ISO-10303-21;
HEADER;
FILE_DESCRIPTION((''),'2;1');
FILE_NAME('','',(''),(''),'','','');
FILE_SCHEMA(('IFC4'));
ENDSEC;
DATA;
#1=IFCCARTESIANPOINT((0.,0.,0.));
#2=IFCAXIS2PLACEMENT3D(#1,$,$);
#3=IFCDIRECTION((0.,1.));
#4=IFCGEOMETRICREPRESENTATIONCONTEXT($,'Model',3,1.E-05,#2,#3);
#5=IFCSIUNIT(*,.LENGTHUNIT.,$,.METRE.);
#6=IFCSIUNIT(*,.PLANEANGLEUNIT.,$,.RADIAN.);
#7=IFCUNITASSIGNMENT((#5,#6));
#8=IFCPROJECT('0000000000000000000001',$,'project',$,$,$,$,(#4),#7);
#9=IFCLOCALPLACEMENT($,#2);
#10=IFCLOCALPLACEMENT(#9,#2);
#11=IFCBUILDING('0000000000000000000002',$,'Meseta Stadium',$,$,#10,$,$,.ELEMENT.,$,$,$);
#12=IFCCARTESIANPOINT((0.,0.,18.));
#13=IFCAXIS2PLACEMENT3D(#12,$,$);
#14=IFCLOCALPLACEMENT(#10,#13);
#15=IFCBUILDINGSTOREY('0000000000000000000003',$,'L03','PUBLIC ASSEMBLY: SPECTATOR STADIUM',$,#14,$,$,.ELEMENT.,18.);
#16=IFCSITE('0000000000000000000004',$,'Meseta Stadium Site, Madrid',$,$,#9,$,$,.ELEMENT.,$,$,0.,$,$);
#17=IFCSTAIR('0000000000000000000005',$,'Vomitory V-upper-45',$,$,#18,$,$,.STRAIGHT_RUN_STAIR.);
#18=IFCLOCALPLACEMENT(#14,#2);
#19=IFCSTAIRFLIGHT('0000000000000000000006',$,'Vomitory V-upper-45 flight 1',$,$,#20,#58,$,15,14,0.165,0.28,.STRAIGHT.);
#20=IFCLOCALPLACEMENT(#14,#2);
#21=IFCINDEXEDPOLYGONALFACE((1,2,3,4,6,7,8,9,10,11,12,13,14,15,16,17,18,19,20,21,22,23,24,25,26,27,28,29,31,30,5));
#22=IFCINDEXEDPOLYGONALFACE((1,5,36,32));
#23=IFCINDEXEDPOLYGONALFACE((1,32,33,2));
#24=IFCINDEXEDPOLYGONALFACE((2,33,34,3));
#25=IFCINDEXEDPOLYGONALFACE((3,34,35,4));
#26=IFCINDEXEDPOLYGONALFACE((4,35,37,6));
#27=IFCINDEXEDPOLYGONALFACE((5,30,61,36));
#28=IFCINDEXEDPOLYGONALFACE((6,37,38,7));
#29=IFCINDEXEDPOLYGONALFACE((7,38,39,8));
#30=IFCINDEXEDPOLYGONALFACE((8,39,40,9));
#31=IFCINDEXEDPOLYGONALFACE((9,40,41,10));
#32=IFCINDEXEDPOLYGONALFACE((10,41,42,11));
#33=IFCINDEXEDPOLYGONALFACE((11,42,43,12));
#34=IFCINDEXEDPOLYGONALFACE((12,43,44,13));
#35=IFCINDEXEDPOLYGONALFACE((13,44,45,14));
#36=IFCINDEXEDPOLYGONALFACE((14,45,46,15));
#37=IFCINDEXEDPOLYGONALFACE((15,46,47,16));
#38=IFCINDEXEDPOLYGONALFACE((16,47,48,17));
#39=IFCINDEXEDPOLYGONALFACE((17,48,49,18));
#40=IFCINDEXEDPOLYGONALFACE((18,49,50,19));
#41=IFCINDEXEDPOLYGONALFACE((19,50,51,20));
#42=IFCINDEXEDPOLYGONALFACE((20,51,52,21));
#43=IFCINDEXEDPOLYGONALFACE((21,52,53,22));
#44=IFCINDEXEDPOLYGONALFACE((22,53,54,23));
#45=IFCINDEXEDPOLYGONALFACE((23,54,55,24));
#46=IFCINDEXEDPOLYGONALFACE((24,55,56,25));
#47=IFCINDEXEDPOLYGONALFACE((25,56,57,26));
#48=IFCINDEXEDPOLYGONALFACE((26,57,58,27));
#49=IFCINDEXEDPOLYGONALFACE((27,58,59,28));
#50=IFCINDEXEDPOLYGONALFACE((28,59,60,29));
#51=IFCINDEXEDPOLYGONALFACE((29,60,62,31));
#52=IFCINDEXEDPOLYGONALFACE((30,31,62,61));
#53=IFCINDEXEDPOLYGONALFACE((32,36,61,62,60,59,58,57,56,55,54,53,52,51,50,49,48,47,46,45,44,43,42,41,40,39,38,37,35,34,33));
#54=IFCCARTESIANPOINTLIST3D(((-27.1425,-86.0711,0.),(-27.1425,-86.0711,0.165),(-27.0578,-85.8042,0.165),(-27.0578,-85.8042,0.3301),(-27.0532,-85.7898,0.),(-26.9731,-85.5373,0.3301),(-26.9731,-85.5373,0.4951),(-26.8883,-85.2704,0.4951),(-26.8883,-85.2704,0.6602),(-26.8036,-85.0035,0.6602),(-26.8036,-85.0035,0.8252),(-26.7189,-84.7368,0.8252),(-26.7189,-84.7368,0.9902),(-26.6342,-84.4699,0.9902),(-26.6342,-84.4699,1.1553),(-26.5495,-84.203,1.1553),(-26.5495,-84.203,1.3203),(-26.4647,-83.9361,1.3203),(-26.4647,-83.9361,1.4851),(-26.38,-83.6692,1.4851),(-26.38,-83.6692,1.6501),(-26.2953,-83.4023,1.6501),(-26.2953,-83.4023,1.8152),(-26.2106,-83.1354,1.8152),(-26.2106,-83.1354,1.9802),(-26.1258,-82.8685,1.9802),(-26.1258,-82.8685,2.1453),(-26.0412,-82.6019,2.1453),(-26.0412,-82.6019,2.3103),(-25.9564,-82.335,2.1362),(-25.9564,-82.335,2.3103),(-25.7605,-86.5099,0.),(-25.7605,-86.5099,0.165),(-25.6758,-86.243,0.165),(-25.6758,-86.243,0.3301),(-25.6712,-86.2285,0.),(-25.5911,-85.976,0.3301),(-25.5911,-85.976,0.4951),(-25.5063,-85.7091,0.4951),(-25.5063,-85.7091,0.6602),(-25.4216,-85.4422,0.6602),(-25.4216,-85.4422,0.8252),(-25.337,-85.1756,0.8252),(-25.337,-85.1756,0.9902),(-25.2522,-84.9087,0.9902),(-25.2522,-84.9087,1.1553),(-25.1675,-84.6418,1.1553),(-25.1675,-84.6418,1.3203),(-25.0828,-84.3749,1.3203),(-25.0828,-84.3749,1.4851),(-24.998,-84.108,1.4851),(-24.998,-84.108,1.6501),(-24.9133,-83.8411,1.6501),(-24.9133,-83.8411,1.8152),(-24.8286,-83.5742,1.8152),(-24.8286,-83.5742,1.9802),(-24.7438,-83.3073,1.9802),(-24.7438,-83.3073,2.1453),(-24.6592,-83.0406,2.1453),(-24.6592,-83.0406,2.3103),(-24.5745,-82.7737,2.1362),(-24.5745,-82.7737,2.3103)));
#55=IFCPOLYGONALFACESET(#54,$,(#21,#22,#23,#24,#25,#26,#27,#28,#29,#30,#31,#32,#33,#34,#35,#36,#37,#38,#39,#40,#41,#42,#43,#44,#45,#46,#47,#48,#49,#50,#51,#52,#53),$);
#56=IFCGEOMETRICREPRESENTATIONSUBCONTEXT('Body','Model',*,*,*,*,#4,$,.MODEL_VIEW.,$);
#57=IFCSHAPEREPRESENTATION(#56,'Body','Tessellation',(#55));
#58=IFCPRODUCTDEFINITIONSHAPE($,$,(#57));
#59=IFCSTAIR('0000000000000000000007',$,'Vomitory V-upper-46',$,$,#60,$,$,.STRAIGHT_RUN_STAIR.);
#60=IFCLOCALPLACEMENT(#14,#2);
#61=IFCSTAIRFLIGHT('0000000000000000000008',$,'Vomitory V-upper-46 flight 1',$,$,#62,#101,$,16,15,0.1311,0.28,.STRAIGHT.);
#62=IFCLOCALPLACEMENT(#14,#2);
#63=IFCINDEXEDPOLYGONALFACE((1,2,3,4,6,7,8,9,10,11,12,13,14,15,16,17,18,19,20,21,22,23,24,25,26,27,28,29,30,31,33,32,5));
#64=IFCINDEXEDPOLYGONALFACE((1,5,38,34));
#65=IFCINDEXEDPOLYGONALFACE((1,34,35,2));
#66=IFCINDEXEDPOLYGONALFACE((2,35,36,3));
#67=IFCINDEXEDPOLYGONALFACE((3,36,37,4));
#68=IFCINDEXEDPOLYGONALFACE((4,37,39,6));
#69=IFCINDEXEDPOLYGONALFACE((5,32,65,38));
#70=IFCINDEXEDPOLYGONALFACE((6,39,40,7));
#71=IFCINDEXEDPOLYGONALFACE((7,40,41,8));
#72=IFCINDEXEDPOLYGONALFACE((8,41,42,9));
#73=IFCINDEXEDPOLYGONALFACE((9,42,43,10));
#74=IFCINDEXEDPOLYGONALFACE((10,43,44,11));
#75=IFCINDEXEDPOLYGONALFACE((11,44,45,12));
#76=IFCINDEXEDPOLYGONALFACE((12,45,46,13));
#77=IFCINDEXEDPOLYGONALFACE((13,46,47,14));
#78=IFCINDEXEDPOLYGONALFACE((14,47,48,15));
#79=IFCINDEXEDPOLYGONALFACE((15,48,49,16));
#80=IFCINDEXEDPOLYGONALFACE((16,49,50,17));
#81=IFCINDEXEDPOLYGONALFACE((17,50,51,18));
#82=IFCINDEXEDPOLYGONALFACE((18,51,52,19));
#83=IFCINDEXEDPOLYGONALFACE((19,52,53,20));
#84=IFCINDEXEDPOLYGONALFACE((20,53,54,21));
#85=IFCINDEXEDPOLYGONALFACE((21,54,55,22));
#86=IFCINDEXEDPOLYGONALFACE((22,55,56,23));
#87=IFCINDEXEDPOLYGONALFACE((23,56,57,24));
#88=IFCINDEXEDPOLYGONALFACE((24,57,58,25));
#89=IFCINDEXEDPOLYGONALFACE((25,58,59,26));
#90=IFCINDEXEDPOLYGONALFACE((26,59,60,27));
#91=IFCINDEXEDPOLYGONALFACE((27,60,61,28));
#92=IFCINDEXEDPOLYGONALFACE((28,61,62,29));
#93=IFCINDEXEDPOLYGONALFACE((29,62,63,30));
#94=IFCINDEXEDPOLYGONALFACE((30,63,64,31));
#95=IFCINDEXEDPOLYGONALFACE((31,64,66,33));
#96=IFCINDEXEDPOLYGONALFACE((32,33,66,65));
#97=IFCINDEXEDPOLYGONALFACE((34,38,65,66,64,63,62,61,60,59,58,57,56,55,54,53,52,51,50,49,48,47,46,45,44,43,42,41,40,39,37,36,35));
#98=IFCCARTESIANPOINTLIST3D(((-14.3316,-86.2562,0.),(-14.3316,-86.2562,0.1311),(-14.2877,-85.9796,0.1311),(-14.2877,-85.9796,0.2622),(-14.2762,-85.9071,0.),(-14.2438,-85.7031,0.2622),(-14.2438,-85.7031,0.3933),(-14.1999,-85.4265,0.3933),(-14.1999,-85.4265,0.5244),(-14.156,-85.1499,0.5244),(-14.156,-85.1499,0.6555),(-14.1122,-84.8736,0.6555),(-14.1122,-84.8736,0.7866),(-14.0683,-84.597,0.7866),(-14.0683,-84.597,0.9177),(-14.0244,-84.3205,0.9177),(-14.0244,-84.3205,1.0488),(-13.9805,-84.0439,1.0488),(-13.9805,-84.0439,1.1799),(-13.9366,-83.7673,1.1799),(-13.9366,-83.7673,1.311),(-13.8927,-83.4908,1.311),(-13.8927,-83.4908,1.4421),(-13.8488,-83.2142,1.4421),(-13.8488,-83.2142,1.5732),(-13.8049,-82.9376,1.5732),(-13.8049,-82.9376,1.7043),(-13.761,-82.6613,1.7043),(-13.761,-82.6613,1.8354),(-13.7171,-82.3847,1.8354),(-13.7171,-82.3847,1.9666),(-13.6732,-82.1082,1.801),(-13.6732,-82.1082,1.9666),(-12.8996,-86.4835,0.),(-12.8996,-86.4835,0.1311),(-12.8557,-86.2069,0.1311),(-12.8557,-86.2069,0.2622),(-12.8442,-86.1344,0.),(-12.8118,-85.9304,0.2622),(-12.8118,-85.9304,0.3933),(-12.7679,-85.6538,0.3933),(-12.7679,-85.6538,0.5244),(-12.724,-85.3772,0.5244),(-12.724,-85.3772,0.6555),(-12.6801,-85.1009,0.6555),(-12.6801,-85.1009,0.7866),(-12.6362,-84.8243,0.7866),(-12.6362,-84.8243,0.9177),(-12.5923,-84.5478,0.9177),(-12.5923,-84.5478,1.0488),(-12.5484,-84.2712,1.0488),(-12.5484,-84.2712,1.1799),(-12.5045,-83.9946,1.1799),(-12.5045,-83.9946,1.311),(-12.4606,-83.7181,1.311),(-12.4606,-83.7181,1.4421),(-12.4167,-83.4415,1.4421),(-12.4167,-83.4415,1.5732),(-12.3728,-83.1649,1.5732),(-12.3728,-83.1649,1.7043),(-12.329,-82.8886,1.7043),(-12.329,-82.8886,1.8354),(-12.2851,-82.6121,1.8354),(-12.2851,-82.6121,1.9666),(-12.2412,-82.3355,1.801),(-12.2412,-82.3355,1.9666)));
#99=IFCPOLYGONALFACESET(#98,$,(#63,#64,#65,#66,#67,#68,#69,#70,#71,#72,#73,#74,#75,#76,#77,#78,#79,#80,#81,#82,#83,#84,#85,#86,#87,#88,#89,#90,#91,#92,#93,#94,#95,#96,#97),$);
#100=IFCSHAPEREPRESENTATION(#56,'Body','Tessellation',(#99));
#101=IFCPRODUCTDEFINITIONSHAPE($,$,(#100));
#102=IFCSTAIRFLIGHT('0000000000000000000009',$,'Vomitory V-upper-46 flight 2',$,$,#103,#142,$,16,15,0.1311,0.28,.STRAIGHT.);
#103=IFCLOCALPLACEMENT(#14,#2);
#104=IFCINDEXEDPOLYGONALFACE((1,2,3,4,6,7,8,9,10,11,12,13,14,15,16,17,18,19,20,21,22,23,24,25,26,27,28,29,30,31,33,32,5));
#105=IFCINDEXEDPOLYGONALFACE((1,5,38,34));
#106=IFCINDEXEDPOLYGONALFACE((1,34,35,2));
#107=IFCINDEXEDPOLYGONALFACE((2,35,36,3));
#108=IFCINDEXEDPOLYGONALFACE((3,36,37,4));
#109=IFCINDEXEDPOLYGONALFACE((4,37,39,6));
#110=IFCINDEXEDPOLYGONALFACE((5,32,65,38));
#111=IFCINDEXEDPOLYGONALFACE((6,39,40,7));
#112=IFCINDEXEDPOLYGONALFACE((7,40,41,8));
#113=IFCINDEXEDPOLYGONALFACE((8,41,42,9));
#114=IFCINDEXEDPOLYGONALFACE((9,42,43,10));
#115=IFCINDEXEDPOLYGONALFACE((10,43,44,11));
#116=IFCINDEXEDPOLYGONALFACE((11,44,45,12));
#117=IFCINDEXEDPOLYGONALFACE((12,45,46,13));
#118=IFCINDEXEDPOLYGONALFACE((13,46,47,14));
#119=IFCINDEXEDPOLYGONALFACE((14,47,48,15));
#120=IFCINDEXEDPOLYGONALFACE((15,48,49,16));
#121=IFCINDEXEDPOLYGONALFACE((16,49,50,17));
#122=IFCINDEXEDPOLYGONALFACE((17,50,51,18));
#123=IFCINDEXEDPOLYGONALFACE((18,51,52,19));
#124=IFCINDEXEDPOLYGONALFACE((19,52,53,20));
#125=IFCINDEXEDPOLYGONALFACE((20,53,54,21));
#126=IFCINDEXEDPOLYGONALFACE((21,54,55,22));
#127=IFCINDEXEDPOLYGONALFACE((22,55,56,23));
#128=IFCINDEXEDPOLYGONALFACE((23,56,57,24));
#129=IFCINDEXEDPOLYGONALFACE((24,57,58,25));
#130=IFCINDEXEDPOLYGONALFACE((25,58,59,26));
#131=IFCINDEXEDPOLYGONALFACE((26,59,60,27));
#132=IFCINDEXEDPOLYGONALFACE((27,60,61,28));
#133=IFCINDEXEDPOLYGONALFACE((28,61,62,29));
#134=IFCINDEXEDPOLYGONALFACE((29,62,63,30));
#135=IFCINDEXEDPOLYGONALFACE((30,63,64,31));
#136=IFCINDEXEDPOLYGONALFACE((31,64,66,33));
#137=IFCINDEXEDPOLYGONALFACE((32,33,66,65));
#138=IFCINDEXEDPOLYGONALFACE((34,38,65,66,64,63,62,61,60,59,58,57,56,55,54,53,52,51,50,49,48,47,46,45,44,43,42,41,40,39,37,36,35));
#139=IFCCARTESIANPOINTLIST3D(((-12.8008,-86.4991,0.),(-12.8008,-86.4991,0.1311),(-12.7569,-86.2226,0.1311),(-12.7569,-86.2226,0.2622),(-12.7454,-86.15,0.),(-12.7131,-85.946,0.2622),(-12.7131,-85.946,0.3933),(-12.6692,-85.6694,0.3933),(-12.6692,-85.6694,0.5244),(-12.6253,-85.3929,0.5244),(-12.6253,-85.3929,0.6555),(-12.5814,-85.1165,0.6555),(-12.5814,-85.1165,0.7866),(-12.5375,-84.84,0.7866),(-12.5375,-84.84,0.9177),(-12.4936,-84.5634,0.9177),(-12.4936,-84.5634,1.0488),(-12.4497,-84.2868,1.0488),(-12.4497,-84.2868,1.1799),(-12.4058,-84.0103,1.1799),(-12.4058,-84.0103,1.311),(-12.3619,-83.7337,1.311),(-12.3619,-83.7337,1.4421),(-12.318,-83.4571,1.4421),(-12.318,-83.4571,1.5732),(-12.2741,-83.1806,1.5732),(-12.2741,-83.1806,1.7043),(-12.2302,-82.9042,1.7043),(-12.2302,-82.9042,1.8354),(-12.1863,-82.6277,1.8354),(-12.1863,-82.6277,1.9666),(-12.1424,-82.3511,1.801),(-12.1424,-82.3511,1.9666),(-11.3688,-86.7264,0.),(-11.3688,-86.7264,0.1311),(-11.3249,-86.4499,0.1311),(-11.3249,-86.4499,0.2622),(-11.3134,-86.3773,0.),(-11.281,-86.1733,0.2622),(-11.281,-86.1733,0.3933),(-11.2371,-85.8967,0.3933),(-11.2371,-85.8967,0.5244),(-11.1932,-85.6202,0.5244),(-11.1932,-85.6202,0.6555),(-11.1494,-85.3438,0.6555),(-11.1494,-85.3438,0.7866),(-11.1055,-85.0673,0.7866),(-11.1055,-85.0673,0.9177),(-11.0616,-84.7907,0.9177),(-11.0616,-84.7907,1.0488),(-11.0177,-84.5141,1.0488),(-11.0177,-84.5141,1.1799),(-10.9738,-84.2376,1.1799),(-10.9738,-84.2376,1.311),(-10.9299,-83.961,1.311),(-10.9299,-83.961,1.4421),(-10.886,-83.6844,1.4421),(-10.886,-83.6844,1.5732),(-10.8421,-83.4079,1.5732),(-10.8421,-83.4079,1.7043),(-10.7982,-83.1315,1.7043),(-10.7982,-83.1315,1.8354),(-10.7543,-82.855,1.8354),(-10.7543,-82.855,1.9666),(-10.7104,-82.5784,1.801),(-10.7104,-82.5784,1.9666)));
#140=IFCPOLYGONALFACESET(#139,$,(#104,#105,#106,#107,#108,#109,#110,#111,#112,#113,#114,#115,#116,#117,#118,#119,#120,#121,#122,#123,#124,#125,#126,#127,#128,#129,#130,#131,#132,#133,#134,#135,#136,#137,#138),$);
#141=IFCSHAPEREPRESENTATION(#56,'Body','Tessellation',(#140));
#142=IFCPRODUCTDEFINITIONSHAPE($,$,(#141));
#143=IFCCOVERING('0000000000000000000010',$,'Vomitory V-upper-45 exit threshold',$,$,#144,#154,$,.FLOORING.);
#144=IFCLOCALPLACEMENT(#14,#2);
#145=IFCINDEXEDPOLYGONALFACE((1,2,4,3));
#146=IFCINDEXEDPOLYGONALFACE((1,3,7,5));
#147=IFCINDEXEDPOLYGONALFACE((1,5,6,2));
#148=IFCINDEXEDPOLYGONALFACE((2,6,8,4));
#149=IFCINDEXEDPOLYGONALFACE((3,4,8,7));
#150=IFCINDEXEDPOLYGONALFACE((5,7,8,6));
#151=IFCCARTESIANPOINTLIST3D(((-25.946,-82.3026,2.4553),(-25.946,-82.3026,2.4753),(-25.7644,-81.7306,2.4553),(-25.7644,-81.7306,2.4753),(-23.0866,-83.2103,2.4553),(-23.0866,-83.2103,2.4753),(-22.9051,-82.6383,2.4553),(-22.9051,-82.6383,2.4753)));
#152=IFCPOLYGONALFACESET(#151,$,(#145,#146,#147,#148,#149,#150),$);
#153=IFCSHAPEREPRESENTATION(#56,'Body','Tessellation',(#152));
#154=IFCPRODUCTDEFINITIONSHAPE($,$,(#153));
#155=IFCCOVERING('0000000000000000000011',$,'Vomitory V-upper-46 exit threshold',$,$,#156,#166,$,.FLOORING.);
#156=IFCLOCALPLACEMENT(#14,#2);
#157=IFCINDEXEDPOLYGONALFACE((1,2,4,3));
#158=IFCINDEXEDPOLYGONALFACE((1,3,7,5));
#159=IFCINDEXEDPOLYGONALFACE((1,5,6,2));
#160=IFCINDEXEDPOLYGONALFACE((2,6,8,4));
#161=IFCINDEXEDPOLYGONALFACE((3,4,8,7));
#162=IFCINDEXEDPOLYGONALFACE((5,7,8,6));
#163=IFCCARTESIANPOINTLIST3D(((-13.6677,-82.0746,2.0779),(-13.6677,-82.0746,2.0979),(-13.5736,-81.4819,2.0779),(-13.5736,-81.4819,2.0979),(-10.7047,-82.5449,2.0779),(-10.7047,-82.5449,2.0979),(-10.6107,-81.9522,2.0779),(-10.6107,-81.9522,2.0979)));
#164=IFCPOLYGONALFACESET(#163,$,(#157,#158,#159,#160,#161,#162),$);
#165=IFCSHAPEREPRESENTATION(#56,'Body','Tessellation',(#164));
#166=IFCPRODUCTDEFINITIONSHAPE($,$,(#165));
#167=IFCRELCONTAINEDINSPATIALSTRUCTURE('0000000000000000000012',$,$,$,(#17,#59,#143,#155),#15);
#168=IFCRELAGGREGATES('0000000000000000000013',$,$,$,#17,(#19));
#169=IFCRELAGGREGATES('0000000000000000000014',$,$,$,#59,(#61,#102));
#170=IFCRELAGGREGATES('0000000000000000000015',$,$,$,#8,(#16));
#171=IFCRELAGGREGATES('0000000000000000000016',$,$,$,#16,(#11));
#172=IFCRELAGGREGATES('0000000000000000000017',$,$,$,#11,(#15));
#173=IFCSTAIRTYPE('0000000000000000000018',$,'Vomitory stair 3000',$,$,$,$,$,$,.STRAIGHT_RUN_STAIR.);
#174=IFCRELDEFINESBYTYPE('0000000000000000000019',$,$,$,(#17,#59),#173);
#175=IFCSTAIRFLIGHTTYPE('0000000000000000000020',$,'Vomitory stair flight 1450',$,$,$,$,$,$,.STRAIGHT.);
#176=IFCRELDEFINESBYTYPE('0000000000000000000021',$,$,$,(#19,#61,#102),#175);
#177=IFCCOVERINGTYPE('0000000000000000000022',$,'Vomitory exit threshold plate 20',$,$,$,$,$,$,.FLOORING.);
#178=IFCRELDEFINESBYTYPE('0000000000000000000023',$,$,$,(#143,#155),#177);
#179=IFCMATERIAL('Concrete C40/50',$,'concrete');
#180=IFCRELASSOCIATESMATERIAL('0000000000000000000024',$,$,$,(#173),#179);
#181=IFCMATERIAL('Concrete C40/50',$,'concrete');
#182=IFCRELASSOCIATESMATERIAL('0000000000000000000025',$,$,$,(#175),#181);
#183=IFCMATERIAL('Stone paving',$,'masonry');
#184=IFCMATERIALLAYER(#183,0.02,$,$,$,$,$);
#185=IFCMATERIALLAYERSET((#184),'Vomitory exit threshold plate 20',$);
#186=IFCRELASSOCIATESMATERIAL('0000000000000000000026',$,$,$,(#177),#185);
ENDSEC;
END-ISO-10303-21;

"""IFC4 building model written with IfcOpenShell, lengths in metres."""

from ifc_helpers import new_model, si_unit, direction, frame, origin, origin_2d, place, context, subcontext, project, spatial, polyline, rectangle, outline, extrude, material, layer, layer_set, type_object, element, aggregate, save


model = new_model("IFC4")

# Units and contexts
model_context = context("Model", 3, precision=1e-05, world=origin(), true_north=direction((0.0, 1.0)))
body_context = subcontext(model_context, "Body", "Model", "MODEL_VIEW")
ifc_project = project(units=[si_unit("LENGTHUNIT", "METRE"), si_unit("PLANEANGLEUNIT", "RADIAN")], contexts=[model_context])

# Site, building, storey
site_placement = place(None, origin())
site = spatial("IfcSite", under=ifc_project, at=site_placement, Name="Meseta Stadium Site, Madrid", CompositionType="ELEMENT", RefElevation=0.0)
building_placement = place(site_placement, origin())
building = spatial("IfcBuilding", under=site, at=building_placement, Name="Meseta Stadium", CompositionType="ELEMENT")
storey_placement = place(building_placement, frame((0.0, 0.0, 18.0)))
storey = spatial("IfcBuildingStorey", under=building, at=storey_placement, Name="L03", Description="PUBLIC ASSEMBLY: SPECTATOR STADIUM", CompositionType="ELEMENT", Elevation=18.0)

# Stair, stair flight
ifc_material_1 = material(Name="Concrete C40/50", Category="concrete")
stair_type = type_object("IfcStairType", Name="Vomitory stair 3000", PredefinedType="STRAIGHT_RUN_STAIR", material=ifc_material_1)
stair_1_placement = place(storey_placement, origin())
stair_1 = element("IfcStair", 1, at=stair_1_placement, inside=storey, type_object=stair_type, Name="Vomitory V-upper-45", PredefinedType="STRAIGHT_RUN_STAIR")
ifc_material_2 = material(Name="Concrete C40/50", Category="concrete")
stair_flight_type = type_object("IfcStairFlightType", Name="Vomitory stair flight 1450", PredefinedType="STRAIGHT", material=ifc_material_2)
stair_flight_1_placement = place(storey_placement, frame((-26.4514, -86.2905, 0.0), z_axis=(0.0, 0.0, 1.0), x_axis=(0.30258, 0.953124, 0.0)))
stair_flight_1 = element("IfcStairFlight", 2, at=stair_flight_1_placement, type_object=stair_flight_type, Name="Vomitory V-upper-45 flight 1", NumberOfRisers=15, NumberOfTreads=14, PredefinedType="STRAIGHT", RiserHeight=0.165, TreadLength=0.28, context=body_context, shape_type="SweptSolid", body=[
    extrude(outline(polyline([(0.0, 0.0), (0.0, 0.165), (0.28, 0.165), (0.28, 0.3301), (0.5601, 0.3301), (0.5601, 0.4951), (0.8401, 0.4951), (0.8401, 0.6602), (1.1201, 0.6602), (1.1201, 0.8252), (1.3999, 0.8252), (1.3999, 0.9902), (1.6799, 0.9902), (1.6799, 1.1553), (1.96, 1.1553), (1.96, 1.3203), (2.24, 1.3203), (2.24, 1.4851), (2.52, 1.4851), (2.52, 1.6501), (2.8, 1.6501), (2.8, 1.8152), (3.0801, 1.8152), (3.0801, 1.9802), (3.3601, 1.9802), (3.3601, 2.1453), (3.6399, 2.1453), (3.6399, 2.3103), (3.9199, 2.3103), (3.9199, 2.1362), (0.2952, 0.0), (0.0, 0.0)])), frame((0.0, 0.7251, 0.0), z_axis=(0.0, -1.0, 0.0), x_axis=(1.0, 0.0, 0.0)), (0.0, 0.0, 1.0), 1.45),
])
aggregate(stair_1, [stair_flight_1])

# Stair, stair flights
stair_2_placement = place(storey_placement, origin())
stair_2 = element("IfcStair", 3, at=stair_2_placement, inside=storey, type_object=stair_type, Name="Vomitory V-upper-46", PredefinedType="STRAIGHT_RUN_STAIR")
stair_flight_2_placement = place(storey_placement, frame((-13.6155, -86.3699, 0.0), z_axis=(0.0, 0.0, 1.0), x_axis=(0.156767, 0.987636, 0.0)))
stair_flight_2 = element("IfcStairFlight", 4, at=stair_flight_2_placement, type_object=stair_flight_type, Name="Vomitory V-upper-46 flight 1", NumberOfRisers=16, NumberOfTreads=15, PredefinedType="STRAIGHT", RiserHeight=0.1311, TreadLength=0.28, context=body_context, shape_type="SweptSolid", body=[
    extrude(outline(polyline([(0.0, 0.0), (0.0, 0.1311), (0.28, 0.1311), (0.28, 0.2622), (0.5601, 0.2622), (0.5601, 0.3933), (0.8401, 0.3933), (0.8401, 0.5244), (1.1201, 0.5244), (1.1201, 0.6555), (1.3999, 0.6555), (1.3999, 0.7866), (1.6799, 0.7866), (1.6799, 0.9177), (1.96, 0.9177), (1.96, 1.0488), (2.24, 1.0488), (2.24, 1.1799), (2.52, 1.1799), (2.52, 1.311), (2.8, 1.311), (2.8, 1.4421), (3.0801, 1.4421), (3.0801, 1.5732), (3.3601, 1.5732), (3.3601, 1.7043), (3.6399, 1.7043), (3.6399, 1.8354), (3.9199, 1.8354), (3.9199, 1.9666), (4.2, 1.9666), (4.2, 1.801), (0.3535, 0.0), (0.0, 0.0)])), frame((0.0, 0.7251, 0.0), z_axis=(0.0, -1.0, 0.0), x_axis=(1.0, 0.0, 0.0)), (0.0, 0.0, 1.0), 1.45),
])
stair_flight_3_placement = place(storey_placement, frame((-12.0847, -86.6128, 0.0), z_axis=(0.0, 0.0, 1.0), x_axis=(0.156767, 0.987636, 0.0)))
stair_flight_3 = element("IfcStairFlight", 5, at=stair_flight_3_placement, type_object=stair_flight_type, Name="Vomitory V-upper-46 flight 2", NumberOfRisers=16, NumberOfTreads=15, PredefinedType="STRAIGHT", RiserHeight=0.1311, TreadLength=0.28, context=body_context, shape_type="SweptSolid", body=[
    extrude(outline(polyline([(0.0, 0.0), (0.0, 0.1311), (0.28, 0.1311), (0.28, 0.2622), (0.5601, 0.2622), (0.5601, 0.3933), (0.8401, 0.3933), (0.8401, 0.5244), (1.1201, 0.5244), (1.1201, 0.6555), (1.3999, 0.6555), (1.3999, 0.7866), (1.6799, 0.7866), (1.6799, 0.9177), (1.96, 0.9177), (1.96, 1.0488), (2.24, 1.0488), (2.24, 1.1799), (2.52, 1.1799), (2.52, 1.311), (2.8, 1.311), (2.8, 1.4421), (3.0801, 1.4421), (3.0801, 1.5732), (3.3601, 1.5732), (3.3601, 1.7043), (3.6399, 1.7043), (3.6399, 1.8354), (3.9199, 1.8354), (3.9199, 1.9666), (4.2, 1.9666), (4.2, 1.801), (0.3535, 0.0), (0.0, 0.0)])), frame((0.0, 0.7251, 0.0), z_axis=(0.0, -1.0, 0.0), x_axis=(1.0, 0.0, 0.0)), (0.0, 0.0, 1.0), 1.45),
])
aggregate(stair_2, [stair_flight_2, stair_flight_3])

# Coverings
ifc_material_3 = material(Name="Stone paving", Category="masonry")
ifc_layer_1 = layer(ifc_material_3, 0.02)
ifc_layer_set_1 = layer_set([ifc_layer_1], Name="Vomitory exit threshold plate 20")
covering_type = type_object("IfcCoveringType", Name="Vomitory exit threshold plate 20", PredefinedType="FLOORING", material=ifc_layer_set_1)
for number, where, z_axis, x_axis, name in (
    (6, (-24.4255, -82.4705, 2.4553), (0.0, 0.0, 1.0), (0.30258, 0.953124, 0.0), "Vomitory V-upper-45 exit threshold"),
    (7, (-12.1392, -82.0134, 2.0779), (0.0, 0.0, 1.0), (0.156767, 0.987636, 0.0), "Vomitory V-upper-46 exit threshold"),
):
    element("IfcCovering", number, at=place(storey_placement, frame(where, z_axis=z_axis, x_axis=x_axis)), inside=storey, type_object=covering_type, Name=name, PredefinedType="FLOORING", context=body_context, shape_type="SweptSolid", body=[
        extrude(rectangle(XDim=0.6001, YDim=3.0, at=origin_2d()), origin(), (0.0, 0.0, 1.0), 0.02),
    ])

save(model, "model.ifc")
